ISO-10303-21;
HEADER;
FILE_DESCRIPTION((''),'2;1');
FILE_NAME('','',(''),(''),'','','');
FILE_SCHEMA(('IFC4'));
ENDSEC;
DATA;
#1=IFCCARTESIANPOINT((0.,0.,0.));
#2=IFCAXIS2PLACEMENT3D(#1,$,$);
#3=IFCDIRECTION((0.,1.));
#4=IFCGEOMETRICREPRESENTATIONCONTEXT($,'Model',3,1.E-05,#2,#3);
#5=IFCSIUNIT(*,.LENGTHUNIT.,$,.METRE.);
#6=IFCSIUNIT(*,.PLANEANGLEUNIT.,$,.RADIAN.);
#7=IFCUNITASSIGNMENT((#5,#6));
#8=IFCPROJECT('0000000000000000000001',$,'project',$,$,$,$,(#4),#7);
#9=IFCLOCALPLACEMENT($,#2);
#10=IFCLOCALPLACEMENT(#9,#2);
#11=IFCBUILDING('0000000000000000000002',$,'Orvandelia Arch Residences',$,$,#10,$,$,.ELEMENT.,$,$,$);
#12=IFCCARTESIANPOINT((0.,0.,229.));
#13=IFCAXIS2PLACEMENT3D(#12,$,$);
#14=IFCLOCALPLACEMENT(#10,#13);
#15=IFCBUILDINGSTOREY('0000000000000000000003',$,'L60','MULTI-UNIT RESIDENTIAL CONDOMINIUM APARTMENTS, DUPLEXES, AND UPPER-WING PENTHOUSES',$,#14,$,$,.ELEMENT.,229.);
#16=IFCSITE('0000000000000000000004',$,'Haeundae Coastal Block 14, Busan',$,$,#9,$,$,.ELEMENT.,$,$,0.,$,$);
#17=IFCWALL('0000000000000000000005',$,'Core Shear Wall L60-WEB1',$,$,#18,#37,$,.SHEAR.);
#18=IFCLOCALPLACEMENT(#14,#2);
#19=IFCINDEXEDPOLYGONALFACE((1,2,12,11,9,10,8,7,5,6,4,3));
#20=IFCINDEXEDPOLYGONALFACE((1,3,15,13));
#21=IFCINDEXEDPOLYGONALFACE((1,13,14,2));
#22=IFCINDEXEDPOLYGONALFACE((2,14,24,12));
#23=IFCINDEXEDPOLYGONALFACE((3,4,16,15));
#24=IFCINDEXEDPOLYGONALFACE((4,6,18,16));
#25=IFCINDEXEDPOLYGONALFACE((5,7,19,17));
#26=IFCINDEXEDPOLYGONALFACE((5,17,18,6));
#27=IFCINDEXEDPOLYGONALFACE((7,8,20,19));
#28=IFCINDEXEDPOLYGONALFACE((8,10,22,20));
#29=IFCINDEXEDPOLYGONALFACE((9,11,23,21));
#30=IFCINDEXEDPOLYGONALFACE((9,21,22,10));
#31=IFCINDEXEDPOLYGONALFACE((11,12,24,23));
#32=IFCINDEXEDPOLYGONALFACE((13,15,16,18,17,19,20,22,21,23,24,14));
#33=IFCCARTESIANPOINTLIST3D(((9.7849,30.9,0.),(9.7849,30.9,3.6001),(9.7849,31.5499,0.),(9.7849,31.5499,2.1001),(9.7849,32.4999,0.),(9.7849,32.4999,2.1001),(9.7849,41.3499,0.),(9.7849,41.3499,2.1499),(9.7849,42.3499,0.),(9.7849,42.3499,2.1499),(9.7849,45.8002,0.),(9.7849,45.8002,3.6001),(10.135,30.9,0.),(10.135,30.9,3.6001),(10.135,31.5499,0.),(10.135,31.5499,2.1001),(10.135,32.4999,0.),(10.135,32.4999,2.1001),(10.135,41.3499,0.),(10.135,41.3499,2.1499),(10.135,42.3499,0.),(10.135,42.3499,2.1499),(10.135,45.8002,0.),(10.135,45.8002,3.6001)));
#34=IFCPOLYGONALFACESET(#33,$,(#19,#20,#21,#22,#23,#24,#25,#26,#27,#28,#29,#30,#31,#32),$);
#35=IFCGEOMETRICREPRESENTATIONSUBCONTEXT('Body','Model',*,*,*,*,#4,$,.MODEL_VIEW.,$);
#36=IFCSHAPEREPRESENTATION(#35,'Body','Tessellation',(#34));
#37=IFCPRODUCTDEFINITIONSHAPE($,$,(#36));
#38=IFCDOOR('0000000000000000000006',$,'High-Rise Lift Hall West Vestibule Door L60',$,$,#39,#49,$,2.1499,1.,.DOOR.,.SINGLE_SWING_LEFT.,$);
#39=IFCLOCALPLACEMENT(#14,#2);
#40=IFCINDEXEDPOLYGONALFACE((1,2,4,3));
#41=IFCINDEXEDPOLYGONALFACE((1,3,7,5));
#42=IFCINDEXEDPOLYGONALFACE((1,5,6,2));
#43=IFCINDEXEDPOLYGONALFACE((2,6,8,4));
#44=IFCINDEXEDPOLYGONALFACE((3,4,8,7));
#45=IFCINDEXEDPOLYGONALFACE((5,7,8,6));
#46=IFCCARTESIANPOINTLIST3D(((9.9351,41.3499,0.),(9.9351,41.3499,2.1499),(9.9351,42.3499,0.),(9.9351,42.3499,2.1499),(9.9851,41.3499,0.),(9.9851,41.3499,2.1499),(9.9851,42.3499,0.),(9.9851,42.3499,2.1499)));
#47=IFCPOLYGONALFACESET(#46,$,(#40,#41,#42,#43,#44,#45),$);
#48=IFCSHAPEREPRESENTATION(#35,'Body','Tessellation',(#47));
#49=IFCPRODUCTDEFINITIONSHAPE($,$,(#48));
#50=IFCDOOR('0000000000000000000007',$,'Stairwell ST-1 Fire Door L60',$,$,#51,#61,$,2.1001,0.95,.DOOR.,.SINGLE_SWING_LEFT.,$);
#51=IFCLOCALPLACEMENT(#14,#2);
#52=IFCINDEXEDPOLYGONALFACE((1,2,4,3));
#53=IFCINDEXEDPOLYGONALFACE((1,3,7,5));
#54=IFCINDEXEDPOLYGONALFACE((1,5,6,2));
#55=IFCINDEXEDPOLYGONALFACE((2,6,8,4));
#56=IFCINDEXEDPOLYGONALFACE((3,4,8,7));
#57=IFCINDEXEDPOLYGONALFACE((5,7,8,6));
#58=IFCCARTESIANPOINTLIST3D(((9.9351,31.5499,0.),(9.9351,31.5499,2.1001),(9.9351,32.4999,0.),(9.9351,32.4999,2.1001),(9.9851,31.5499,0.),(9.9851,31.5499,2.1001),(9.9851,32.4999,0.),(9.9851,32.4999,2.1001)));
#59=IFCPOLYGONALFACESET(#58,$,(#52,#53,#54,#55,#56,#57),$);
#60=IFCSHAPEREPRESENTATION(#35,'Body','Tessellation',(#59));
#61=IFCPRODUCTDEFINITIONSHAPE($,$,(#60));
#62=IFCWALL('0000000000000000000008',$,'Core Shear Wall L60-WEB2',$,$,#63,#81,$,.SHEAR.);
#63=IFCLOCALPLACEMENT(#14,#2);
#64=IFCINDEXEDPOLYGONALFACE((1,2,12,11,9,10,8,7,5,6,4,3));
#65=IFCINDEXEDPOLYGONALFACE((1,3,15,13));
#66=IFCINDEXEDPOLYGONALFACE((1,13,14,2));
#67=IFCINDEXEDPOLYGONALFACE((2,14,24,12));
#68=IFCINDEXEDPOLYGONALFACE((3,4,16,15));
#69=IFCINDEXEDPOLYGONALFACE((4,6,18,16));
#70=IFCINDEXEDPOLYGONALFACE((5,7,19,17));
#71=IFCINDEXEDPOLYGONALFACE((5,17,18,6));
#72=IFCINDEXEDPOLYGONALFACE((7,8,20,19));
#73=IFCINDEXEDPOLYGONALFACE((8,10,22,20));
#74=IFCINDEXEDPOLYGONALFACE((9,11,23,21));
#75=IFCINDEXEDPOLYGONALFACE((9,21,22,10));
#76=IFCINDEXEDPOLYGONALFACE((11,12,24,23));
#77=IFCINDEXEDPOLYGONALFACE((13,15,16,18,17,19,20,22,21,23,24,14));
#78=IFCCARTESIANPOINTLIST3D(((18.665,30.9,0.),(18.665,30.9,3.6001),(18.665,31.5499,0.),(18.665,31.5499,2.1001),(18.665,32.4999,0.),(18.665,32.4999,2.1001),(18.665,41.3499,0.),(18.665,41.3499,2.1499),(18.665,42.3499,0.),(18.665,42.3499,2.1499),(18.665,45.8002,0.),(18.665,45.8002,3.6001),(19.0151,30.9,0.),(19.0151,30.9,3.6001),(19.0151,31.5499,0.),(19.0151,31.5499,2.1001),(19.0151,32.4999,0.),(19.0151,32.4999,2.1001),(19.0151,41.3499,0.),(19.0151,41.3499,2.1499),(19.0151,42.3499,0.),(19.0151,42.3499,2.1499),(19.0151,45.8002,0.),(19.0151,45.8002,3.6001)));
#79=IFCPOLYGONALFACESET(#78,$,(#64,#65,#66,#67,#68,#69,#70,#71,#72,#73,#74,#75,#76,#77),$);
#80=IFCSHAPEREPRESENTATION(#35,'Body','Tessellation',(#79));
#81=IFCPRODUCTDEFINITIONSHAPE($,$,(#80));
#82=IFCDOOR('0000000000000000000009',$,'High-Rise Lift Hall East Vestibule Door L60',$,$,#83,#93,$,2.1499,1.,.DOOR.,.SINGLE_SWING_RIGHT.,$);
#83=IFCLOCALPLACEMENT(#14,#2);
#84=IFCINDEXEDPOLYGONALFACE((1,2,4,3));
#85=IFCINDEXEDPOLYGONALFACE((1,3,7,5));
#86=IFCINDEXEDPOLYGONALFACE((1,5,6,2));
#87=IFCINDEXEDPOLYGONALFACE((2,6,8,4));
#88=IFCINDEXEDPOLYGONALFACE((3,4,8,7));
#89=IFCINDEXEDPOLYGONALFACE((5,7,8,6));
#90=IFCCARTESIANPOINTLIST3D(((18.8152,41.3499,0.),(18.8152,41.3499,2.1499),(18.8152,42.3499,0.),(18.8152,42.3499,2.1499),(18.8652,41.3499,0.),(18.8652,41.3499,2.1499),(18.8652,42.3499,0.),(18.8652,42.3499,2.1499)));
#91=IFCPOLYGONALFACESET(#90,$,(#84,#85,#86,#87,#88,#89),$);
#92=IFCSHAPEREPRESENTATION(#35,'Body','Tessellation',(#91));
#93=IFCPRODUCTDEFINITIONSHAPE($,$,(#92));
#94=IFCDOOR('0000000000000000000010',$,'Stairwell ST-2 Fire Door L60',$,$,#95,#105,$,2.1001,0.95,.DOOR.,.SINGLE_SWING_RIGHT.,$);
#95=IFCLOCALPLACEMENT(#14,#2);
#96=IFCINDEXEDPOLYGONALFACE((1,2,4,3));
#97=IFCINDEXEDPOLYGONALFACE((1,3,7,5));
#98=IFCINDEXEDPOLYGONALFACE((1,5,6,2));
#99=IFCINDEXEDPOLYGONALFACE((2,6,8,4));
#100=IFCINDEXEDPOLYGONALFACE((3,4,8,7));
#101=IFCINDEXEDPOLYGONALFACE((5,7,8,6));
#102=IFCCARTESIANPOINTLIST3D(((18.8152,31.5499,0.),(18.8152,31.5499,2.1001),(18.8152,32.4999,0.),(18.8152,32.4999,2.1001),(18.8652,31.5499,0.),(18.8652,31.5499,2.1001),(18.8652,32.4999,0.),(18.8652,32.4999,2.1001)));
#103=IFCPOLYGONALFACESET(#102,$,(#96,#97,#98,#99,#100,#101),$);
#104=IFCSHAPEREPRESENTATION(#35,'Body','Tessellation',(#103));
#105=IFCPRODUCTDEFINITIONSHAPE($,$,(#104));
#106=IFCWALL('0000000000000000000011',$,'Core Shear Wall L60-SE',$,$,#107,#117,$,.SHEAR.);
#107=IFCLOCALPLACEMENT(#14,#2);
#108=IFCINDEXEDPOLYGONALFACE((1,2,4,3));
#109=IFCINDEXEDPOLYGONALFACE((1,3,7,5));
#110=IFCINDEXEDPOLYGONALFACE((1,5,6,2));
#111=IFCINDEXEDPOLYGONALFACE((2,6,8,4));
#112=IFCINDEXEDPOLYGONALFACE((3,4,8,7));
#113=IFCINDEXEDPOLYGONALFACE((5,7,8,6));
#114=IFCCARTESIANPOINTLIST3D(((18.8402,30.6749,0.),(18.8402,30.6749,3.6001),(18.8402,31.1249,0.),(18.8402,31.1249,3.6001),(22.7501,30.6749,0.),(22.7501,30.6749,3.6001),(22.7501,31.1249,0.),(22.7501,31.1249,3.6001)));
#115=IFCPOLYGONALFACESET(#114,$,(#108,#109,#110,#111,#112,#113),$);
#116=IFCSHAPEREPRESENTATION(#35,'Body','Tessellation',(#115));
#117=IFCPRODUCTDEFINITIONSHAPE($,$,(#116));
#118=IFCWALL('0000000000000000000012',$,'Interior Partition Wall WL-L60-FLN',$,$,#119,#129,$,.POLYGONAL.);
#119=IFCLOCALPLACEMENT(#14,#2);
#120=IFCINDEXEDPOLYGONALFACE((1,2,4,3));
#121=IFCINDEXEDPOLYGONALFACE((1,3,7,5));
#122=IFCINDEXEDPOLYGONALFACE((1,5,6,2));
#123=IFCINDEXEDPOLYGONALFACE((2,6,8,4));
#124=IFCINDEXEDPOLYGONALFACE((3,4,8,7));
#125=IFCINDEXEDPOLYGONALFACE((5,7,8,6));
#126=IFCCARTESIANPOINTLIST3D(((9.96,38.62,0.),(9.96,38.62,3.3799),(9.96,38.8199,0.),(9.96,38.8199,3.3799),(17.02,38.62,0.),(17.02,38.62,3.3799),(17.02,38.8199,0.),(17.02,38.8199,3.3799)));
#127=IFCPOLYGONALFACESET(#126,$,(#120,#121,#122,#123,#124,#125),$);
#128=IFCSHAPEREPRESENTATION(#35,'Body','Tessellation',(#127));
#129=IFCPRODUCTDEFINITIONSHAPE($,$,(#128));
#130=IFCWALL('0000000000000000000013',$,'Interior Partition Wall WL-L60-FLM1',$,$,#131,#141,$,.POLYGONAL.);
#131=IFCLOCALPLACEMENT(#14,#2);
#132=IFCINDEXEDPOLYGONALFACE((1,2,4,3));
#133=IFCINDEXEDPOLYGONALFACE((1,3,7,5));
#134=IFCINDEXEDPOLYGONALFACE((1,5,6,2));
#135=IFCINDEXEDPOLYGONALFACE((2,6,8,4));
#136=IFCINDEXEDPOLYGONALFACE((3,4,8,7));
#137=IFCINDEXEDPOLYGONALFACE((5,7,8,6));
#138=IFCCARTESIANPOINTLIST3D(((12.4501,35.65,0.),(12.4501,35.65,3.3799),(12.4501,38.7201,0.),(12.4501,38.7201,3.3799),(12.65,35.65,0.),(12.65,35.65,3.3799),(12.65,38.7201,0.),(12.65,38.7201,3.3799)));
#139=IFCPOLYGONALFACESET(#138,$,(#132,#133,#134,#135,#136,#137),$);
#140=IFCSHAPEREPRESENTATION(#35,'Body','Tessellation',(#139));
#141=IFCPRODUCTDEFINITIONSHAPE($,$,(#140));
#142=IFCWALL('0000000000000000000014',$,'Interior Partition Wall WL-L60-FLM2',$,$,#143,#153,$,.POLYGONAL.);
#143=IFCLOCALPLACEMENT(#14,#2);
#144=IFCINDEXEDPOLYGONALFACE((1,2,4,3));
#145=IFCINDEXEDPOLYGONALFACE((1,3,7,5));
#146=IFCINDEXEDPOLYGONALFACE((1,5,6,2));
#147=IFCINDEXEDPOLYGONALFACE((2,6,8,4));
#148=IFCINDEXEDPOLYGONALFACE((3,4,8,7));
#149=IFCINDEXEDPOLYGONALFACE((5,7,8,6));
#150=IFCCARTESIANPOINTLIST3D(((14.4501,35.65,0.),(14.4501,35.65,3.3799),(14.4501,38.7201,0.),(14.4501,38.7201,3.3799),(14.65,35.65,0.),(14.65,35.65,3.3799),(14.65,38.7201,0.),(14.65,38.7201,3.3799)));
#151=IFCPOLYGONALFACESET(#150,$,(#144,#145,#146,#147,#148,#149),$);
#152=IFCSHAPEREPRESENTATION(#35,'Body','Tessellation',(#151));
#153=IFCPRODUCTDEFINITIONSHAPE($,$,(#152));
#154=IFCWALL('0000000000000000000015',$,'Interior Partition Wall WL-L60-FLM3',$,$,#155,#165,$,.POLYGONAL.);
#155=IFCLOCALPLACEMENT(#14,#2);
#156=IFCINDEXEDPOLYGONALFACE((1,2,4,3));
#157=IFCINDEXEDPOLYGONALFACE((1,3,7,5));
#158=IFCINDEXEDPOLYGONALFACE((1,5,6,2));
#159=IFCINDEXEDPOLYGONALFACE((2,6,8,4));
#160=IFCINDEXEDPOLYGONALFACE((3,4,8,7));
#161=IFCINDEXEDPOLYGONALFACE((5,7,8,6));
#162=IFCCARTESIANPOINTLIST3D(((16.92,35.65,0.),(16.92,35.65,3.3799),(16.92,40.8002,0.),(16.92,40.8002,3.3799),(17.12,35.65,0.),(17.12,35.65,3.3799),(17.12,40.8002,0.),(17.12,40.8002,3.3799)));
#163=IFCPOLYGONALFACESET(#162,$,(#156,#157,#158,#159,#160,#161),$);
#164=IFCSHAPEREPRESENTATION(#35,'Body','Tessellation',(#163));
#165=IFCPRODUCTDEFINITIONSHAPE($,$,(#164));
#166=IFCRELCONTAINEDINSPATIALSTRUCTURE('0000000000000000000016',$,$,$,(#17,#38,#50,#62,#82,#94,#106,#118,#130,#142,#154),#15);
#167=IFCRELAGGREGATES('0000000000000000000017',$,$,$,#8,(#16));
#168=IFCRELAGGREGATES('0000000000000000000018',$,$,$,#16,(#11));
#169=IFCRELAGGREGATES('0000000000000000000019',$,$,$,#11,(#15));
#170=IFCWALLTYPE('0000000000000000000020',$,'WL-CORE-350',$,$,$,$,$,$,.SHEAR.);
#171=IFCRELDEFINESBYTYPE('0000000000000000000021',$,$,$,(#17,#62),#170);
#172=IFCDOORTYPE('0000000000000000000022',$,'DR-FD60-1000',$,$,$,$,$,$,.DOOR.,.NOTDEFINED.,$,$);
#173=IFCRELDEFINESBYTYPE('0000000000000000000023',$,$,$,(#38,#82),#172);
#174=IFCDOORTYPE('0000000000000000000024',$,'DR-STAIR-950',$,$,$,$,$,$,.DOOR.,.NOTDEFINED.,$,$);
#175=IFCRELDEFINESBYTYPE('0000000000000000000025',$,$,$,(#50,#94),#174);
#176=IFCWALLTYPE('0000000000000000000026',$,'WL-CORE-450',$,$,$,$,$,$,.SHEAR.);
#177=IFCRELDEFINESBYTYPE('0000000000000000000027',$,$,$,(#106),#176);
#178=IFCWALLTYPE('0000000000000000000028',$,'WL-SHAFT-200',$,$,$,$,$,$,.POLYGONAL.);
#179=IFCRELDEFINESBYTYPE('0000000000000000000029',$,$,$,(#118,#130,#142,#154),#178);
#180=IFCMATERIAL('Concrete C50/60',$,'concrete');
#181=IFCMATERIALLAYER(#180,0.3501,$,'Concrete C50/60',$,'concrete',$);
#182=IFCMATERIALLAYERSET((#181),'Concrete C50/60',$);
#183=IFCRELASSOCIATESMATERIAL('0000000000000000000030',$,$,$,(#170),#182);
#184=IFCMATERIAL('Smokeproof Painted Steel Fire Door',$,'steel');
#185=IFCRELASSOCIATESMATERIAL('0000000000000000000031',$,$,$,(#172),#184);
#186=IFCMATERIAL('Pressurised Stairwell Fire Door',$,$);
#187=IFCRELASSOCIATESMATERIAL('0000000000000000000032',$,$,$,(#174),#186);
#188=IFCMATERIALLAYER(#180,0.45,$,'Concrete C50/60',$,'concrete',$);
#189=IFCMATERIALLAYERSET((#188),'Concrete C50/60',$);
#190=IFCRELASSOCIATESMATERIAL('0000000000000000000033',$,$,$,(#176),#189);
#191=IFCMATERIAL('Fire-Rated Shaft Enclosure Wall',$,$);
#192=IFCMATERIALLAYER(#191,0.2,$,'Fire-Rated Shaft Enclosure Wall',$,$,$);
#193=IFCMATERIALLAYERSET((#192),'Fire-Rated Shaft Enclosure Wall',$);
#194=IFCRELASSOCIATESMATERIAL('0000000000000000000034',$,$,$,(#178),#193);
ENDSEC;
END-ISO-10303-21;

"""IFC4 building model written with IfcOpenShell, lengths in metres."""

from ifc_helpers import new_model, si_unit, direction, frame, frame_2d, origin, place, context, subcontext, project, spatial, rectangle, extrude, material, layer, layer_set, type_object, element, fill, save


model = new_model("IFC4")

# Units and contexts
model_context = context("Model", 3, precision=1e-05, world=origin(), true_north=direction((0.0, 1.0)))
body_context = subcontext(model_context, "Body", "Model", "MODEL_VIEW")
ifc_project = project(units=[si_unit("LENGTHUNIT", "METRE"), si_unit("PLANEANGLEUNIT", "RADIAN")], contexts=[model_context])

# Site, building, storey
site_placement = place(None, origin())
site = spatial("IfcSite", under=ifc_project, at=site_placement, Name="Haeundae Coastal Block 14, Busan", CompositionType="ELEMENT", RefElevation=0.0)
building_placement = place(site_placement, origin())
building = spatial("IfcBuilding", under=site, at=building_placement, Name="Orvandelia Arch Residences", CompositionType="ELEMENT")
storey_placement = place(building_placement, frame((0.0, 0.0, 229.0)))
storey = spatial("IfcBuildingStorey", under=building, at=storey_placement, Name="L60", Description="MULTI-UNIT RESIDENTIAL CONDOMINIUM APARTMENTS, DUPLEXES, AND UPPER-WING PENTHOUSES", CompositionType="ELEMENT", Elevation=229.0)

# Walls, openings, doors
ifc_material_1 = material(Name="Concrete C50/60", Category="concrete")
ifc_layer_1 = layer(ifc_material_1, 0.3501, Name="Concrete C50/60", Category="concrete")
ifc_layer_set_1 = layer_set([ifc_layer_1], Name="Concrete C50/60")
wall_type_1 = type_object("IfcWallType", Name="WL-CORE-350", PredefinedType="SHEAR", material=ifc_layer_set_1)
wall_1_placement = place(storey_placement, frame((9.96, 30.8999, 0.0), z_axis=(0.0, 0.0, 1.0), x_axis=(0.0, 1.0, 0.0)))
wall_1 = element("IfcWall", 1, at=wall_1_placement, inside=storey, type_object=wall_type_1, Name="Core Shear Wall L60-WEB1", PredefinedType="SHEAR", context=body_context, shape_type="SweptSolid", body=[
    extrude(rectangle(XDim=14.9001, YDim=0.3501, at=frame_2d((7.4502, 0.0))), origin(), (0.0, 0.0, 1.0), 3.6001),
])
opening_1_placement = place(wall_1_placement, frame((0.6499, 0.0, 0.0)))
opening_1 = element("IfcOpeningElement", 2, at=opening_1_placement, cuts=wall_1, PredefinedType="OPENING", context=body_context, shape_type="SweptSolid", body=[
    extrude(rectangle(XDim=0.95, YDim=2.1001, at=frame_2d((0.4751, 1.05))), frame((0.0, 0.1851, 0.0), z_axis=(0.0, -1.0, 0.0), x_axis=(1.0, 0.0, 0.0)), (0.0, 0.0, 1.0), 0.3701),
])
opening_2_placement = place(wall_1_placement, frame((10.45, 0.0, 0.0)))
opening_2 = element("IfcOpeningElement", 3, at=opening_2_placement, cuts=wall_1, PredefinedType="OPENING", context=body_context, shape_type="SweptSolid", body=[
    extrude(rectangle(XDim=1.0, YDim=2.1499, at=frame_2d((0.5, 1.075))), frame((0.0, 0.1851, 0.0), z_axis=(0.0, -1.0, 0.0), x_axis=(1.0, 0.0, 0.0)), (0.0, 0.0, 1.0), 0.3701),
])
ifc_material_2 = material(Name="Smokeproof Painted Steel Fire Door", Category="steel")
door_type_1 = type_object("IfcDoorType", Name="DR-FD60-1000", OperationType="NOTDEFINED", PredefinedType="DOOR", material=ifc_material_2)
door_1_placement = place(opening_2_placement, origin())
door_1 = element("IfcDoor", 4, at=door_1_placement, inside=storey, type_object=door_type_1, Name="High-Rise Lift Hall West Vestibule Door L60", OperationType="SINGLE_SWING_LEFT", OverallHeight=2.1499, OverallWidth=1.0, PredefinedType="DOOR", context=body_context, shape_type="SweptSolid", body=[
    extrude(rectangle(XDim=1.0, YDim=2.1499, at=frame_2d((0.5, 1.075))), frame((0.0, 0.0249, 0.0), z_axis=(0.0, -1.0, 0.0), x_axis=(1.0, 0.0, 0.0)), (0.0, 0.0, 1.0), 0.05),
])
fill(opening_2, door_1)
ifc_material_3 = material(Name="Pressurised Stairwell Fire Door")
door_type_2 = type_object("IfcDoorType", Name="DR-STAIR-950", OperationType="NOTDEFINED", PredefinedType="DOOR", material=ifc_material_3)
door_2_placement = place(opening_1_placement, origin())
door_2 = element("IfcDoor", 5, at=door_2_placement, inside=storey, type_object=door_type_2, Name="Stairwell ST-1 Fire Door L60", OperationType="SINGLE_SWING_LEFT", OverallHeight=2.1001, OverallWidth=0.95, PredefinedType="DOOR", context=body_context, shape_type="SweptSolid", body=[
    extrude(rectangle(XDim=0.95, YDim=2.1001, at=frame_2d((0.4751, 1.05))), frame((0.0, 0.0249, 0.0), z_axis=(0.0, -1.0, 0.0), x_axis=(1.0, 0.0, 0.0)), (0.0, 0.0, 1.0), 0.05),
])
fill(opening_1, door_2)
wall_2_placement = place(storey_placement, frame((18.8401, 30.8999, 0.0), z_axis=(0.0, 0.0, 1.0), x_axis=(0.0, 1.0, 0.0)))
wall_2 = element("IfcWall", 6, at=wall_2_placement, inside=storey, type_object=wall_type_1, Name="Core Shear Wall L60-WEB2", PredefinedType="SHEAR", context=body_context, shape_type="SweptSolid", body=[
    extrude(rectangle(XDim=14.9001, YDim=0.3501, at=frame_2d((7.4502, 0.0))), origin(), (0.0, 0.0, 1.0), 3.6001),
])
opening_3_placement = place(wall_2_placement, frame((0.6499, 0.0, 0.0)))
opening_3 = element("IfcOpeningElement", 7, at=opening_3_placement, cuts=wall_2, PredefinedType="OPENING", context=body_context, shape_type="SweptSolid", body=[
    extrude(rectangle(XDim=0.95, YDim=2.1001, at=frame_2d((0.4751, 1.05))), frame((0.0, 0.1851, 0.0), z_axis=(0.0, -1.0, 0.0), x_axis=(1.0, 0.0, 0.0)), (0.0, 0.0, 1.0), 0.3701),
])
opening_4_placement = place(wall_2_placement, frame((10.45, 0.0, 0.0)))
opening_4 = element("IfcOpeningElement", 8, at=opening_4_placement, cuts=wall_2, PredefinedType="OPENING", context=body_context, shape_type="SweptSolid", body=[
    extrude(rectangle(XDim=1.0, YDim=2.1499, at=frame_2d((0.5, 1.075))), frame((0.0, 0.1851, 0.0), z_axis=(0.0, -1.0, 0.0), x_axis=(1.0, 0.0, 0.0)), (0.0, 0.0, 1.0), 0.3701),
])
door_3_placement = place(opening_4_placement, origin())
door_3 = element("IfcDoor", 9, at=door_3_placement, inside=storey, type_object=door_type_1, Name="High-Rise Lift Hall East Vestibule Door L60", OperationType="SINGLE_SWING_RIGHT", OverallHeight=2.1499, OverallWidth=1.0, PredefinedType="DOOR", context=body_context, shape_type="SweptSolid", body=[
    extrude(rectangle(XDim=1.0, YDim=2.1499, at=frame_2d((0.5, 1.075))), frame((0.0, 0.0249, 0.0), z_axis=(0.0, -1.0, 0.0), x_axis=(1.0, 0.0, 0.0)), (0.0, 0.0, 1.0), 0.05),
])
fill(opening_4, door_3)
door_4_placement = place(opening_3_placement, origin())
door_4 = element("IfcDoor", 10, at=door_4_placement, inside=storey, type_object=door_type_2, Name="Stairwell ST-2 Fire Door L60", OperationType="SINGLE_SWING_RIGHT", OverallHeight=2.1001, OverallWidth=0.95, PredefinedType="DOOR", context=body_context, shape_type="SweptSolid", body=[
    extrude(rectangle(XDim=0.95, YDim=2.1001, at=frame_2d((0.4751, 1.05))), frame((0.0, 0.0249, 0.0), z_axis=(0.0, -1.0, 0.0), x_axis=(1.0, 0.0, 0.0)), (0.0, 0.0, 1.0), 0.05),
])
fill(opening_3, door_4)

# Walls
ifc_layer_2 = layer(ifc_material_1, 0.45, Name="Concrete C50/60", Category="concrete")
ifc_layer_set_2 = layer_set([ifc_layer_2], Name="Concrete C50/60")
wall_type_2 = type_object("IfcWallType", Name="WL-CORE-450", PredefinedType="SHEAR", material=ifc_layer_set_2)
wall_3_placement = place(storey_placement, frame((18.8401, 30.8999, 0.0), z_axis=(0.0, 0.0, 1.0), x_axis=(1.0, 0.0, 0.0)))
element("IfcWall", 11, at=wall_3_placement, inside=storey, type_object=wall_type_2, Name="Core Shear Wall L60-SE", PredefinedType="SHEAR", context=body_context, shape_type="SweptSolid", body=[
    extrude(rectangle(XDim=3.9099, YDim=0.45, at=frame_2d((1.9551, 0.0))), origin(), (0.0, 0.0, 1.0), 3.6001),
])
ifc_material_4 = material(Name="Fire-Rated Shaft Enclosure Wall")
ifc_layer_3 = layer(ifc_material_4, 0.2, Name="Fire-Rated Shaft Enclosure Wall")
ifc_layer_set_3 = layer_set([ifc_layer_3], Name="Fire-Rated Shaft Enclosure Wall")
wall_type_3 = type_object("IfcWallType", Name="WL-SHAFT-200", PredefinedType="POLYGONAL", material=ifc_layer_set_3)
wall_4_placement = place(storey_placement, frame((9.96, 38.72, 0.0), z_axis=(0.0, 0.0, 1.0), x_axis=(1.0, 0.0, 0.0)))
element("IfcWall", 12, at=wall_4_placement, inside=storey, type_object=wall_type_3, Name="Interior Partition Wall WL-L60-FLN", PredefinedType="POLYGONAL", context=body_context, shape_type="SweptSolid", body=[
    extrude(rectangle(XDim=7.0601, YDim=0.2, at=frame_2d((3.53, 0.0))), origin(), (0.0, 0.0, 1.0), 3.3799),
])
for number, where, z_axis, x_axis, name in (
    (13, (12.55, 35.6499, 0.0), (0.0, 0.0, 1.0), (0.0, 1.0, 0.0), "Interior Partition Wall WL-L60-FLM1"),
    (14, (14.55, 35.6499, 0.0), (0.0, 0.0, 1.0), (0.0, 1.0, 0.0), "Interior Partition Wall WL-L60-FLM2"),
):
    element("IfcWall", number, at=place(storey_placement, frame(where, z_axis=z_axis, x_axis=x_axis)), inside=storey, type_object=wall_type_3, Name=name, PredefinedType="POLYGONAL", context=body_context, shape_type="SweptSolid", body=[
        extrude(rectangle(XDim=3.0701, YDim=0.2, at=frame_2d((1.5352, 0.0))), origin(), (0.0, 0.0, 1.0), 3.3799),
    ])
wall_5_placement = place(storey_placement, frame((17.02, 35.6499, 0.0), z_axis=(0.0, 0.0, 1.0), x_axis=(0.0, 1.0, 0.0)))
element("IfcWall", 15, at=wall_5_placement, inside=storey, type_object=wall_type_3, Name="Interior Partition Wall WL-L60-FLM3", PredefinedType="POLYGONAL", context=body_context, shape_type="SweptSolid", body=[
    extrude(rectangle(XDim=5.1501, YDim=0.2, at=frame_2d((2.5752, 0.0))), origin(), (0.0, 0.0, 1.0), 3.3799),
])

save(model, "model.ifc")
